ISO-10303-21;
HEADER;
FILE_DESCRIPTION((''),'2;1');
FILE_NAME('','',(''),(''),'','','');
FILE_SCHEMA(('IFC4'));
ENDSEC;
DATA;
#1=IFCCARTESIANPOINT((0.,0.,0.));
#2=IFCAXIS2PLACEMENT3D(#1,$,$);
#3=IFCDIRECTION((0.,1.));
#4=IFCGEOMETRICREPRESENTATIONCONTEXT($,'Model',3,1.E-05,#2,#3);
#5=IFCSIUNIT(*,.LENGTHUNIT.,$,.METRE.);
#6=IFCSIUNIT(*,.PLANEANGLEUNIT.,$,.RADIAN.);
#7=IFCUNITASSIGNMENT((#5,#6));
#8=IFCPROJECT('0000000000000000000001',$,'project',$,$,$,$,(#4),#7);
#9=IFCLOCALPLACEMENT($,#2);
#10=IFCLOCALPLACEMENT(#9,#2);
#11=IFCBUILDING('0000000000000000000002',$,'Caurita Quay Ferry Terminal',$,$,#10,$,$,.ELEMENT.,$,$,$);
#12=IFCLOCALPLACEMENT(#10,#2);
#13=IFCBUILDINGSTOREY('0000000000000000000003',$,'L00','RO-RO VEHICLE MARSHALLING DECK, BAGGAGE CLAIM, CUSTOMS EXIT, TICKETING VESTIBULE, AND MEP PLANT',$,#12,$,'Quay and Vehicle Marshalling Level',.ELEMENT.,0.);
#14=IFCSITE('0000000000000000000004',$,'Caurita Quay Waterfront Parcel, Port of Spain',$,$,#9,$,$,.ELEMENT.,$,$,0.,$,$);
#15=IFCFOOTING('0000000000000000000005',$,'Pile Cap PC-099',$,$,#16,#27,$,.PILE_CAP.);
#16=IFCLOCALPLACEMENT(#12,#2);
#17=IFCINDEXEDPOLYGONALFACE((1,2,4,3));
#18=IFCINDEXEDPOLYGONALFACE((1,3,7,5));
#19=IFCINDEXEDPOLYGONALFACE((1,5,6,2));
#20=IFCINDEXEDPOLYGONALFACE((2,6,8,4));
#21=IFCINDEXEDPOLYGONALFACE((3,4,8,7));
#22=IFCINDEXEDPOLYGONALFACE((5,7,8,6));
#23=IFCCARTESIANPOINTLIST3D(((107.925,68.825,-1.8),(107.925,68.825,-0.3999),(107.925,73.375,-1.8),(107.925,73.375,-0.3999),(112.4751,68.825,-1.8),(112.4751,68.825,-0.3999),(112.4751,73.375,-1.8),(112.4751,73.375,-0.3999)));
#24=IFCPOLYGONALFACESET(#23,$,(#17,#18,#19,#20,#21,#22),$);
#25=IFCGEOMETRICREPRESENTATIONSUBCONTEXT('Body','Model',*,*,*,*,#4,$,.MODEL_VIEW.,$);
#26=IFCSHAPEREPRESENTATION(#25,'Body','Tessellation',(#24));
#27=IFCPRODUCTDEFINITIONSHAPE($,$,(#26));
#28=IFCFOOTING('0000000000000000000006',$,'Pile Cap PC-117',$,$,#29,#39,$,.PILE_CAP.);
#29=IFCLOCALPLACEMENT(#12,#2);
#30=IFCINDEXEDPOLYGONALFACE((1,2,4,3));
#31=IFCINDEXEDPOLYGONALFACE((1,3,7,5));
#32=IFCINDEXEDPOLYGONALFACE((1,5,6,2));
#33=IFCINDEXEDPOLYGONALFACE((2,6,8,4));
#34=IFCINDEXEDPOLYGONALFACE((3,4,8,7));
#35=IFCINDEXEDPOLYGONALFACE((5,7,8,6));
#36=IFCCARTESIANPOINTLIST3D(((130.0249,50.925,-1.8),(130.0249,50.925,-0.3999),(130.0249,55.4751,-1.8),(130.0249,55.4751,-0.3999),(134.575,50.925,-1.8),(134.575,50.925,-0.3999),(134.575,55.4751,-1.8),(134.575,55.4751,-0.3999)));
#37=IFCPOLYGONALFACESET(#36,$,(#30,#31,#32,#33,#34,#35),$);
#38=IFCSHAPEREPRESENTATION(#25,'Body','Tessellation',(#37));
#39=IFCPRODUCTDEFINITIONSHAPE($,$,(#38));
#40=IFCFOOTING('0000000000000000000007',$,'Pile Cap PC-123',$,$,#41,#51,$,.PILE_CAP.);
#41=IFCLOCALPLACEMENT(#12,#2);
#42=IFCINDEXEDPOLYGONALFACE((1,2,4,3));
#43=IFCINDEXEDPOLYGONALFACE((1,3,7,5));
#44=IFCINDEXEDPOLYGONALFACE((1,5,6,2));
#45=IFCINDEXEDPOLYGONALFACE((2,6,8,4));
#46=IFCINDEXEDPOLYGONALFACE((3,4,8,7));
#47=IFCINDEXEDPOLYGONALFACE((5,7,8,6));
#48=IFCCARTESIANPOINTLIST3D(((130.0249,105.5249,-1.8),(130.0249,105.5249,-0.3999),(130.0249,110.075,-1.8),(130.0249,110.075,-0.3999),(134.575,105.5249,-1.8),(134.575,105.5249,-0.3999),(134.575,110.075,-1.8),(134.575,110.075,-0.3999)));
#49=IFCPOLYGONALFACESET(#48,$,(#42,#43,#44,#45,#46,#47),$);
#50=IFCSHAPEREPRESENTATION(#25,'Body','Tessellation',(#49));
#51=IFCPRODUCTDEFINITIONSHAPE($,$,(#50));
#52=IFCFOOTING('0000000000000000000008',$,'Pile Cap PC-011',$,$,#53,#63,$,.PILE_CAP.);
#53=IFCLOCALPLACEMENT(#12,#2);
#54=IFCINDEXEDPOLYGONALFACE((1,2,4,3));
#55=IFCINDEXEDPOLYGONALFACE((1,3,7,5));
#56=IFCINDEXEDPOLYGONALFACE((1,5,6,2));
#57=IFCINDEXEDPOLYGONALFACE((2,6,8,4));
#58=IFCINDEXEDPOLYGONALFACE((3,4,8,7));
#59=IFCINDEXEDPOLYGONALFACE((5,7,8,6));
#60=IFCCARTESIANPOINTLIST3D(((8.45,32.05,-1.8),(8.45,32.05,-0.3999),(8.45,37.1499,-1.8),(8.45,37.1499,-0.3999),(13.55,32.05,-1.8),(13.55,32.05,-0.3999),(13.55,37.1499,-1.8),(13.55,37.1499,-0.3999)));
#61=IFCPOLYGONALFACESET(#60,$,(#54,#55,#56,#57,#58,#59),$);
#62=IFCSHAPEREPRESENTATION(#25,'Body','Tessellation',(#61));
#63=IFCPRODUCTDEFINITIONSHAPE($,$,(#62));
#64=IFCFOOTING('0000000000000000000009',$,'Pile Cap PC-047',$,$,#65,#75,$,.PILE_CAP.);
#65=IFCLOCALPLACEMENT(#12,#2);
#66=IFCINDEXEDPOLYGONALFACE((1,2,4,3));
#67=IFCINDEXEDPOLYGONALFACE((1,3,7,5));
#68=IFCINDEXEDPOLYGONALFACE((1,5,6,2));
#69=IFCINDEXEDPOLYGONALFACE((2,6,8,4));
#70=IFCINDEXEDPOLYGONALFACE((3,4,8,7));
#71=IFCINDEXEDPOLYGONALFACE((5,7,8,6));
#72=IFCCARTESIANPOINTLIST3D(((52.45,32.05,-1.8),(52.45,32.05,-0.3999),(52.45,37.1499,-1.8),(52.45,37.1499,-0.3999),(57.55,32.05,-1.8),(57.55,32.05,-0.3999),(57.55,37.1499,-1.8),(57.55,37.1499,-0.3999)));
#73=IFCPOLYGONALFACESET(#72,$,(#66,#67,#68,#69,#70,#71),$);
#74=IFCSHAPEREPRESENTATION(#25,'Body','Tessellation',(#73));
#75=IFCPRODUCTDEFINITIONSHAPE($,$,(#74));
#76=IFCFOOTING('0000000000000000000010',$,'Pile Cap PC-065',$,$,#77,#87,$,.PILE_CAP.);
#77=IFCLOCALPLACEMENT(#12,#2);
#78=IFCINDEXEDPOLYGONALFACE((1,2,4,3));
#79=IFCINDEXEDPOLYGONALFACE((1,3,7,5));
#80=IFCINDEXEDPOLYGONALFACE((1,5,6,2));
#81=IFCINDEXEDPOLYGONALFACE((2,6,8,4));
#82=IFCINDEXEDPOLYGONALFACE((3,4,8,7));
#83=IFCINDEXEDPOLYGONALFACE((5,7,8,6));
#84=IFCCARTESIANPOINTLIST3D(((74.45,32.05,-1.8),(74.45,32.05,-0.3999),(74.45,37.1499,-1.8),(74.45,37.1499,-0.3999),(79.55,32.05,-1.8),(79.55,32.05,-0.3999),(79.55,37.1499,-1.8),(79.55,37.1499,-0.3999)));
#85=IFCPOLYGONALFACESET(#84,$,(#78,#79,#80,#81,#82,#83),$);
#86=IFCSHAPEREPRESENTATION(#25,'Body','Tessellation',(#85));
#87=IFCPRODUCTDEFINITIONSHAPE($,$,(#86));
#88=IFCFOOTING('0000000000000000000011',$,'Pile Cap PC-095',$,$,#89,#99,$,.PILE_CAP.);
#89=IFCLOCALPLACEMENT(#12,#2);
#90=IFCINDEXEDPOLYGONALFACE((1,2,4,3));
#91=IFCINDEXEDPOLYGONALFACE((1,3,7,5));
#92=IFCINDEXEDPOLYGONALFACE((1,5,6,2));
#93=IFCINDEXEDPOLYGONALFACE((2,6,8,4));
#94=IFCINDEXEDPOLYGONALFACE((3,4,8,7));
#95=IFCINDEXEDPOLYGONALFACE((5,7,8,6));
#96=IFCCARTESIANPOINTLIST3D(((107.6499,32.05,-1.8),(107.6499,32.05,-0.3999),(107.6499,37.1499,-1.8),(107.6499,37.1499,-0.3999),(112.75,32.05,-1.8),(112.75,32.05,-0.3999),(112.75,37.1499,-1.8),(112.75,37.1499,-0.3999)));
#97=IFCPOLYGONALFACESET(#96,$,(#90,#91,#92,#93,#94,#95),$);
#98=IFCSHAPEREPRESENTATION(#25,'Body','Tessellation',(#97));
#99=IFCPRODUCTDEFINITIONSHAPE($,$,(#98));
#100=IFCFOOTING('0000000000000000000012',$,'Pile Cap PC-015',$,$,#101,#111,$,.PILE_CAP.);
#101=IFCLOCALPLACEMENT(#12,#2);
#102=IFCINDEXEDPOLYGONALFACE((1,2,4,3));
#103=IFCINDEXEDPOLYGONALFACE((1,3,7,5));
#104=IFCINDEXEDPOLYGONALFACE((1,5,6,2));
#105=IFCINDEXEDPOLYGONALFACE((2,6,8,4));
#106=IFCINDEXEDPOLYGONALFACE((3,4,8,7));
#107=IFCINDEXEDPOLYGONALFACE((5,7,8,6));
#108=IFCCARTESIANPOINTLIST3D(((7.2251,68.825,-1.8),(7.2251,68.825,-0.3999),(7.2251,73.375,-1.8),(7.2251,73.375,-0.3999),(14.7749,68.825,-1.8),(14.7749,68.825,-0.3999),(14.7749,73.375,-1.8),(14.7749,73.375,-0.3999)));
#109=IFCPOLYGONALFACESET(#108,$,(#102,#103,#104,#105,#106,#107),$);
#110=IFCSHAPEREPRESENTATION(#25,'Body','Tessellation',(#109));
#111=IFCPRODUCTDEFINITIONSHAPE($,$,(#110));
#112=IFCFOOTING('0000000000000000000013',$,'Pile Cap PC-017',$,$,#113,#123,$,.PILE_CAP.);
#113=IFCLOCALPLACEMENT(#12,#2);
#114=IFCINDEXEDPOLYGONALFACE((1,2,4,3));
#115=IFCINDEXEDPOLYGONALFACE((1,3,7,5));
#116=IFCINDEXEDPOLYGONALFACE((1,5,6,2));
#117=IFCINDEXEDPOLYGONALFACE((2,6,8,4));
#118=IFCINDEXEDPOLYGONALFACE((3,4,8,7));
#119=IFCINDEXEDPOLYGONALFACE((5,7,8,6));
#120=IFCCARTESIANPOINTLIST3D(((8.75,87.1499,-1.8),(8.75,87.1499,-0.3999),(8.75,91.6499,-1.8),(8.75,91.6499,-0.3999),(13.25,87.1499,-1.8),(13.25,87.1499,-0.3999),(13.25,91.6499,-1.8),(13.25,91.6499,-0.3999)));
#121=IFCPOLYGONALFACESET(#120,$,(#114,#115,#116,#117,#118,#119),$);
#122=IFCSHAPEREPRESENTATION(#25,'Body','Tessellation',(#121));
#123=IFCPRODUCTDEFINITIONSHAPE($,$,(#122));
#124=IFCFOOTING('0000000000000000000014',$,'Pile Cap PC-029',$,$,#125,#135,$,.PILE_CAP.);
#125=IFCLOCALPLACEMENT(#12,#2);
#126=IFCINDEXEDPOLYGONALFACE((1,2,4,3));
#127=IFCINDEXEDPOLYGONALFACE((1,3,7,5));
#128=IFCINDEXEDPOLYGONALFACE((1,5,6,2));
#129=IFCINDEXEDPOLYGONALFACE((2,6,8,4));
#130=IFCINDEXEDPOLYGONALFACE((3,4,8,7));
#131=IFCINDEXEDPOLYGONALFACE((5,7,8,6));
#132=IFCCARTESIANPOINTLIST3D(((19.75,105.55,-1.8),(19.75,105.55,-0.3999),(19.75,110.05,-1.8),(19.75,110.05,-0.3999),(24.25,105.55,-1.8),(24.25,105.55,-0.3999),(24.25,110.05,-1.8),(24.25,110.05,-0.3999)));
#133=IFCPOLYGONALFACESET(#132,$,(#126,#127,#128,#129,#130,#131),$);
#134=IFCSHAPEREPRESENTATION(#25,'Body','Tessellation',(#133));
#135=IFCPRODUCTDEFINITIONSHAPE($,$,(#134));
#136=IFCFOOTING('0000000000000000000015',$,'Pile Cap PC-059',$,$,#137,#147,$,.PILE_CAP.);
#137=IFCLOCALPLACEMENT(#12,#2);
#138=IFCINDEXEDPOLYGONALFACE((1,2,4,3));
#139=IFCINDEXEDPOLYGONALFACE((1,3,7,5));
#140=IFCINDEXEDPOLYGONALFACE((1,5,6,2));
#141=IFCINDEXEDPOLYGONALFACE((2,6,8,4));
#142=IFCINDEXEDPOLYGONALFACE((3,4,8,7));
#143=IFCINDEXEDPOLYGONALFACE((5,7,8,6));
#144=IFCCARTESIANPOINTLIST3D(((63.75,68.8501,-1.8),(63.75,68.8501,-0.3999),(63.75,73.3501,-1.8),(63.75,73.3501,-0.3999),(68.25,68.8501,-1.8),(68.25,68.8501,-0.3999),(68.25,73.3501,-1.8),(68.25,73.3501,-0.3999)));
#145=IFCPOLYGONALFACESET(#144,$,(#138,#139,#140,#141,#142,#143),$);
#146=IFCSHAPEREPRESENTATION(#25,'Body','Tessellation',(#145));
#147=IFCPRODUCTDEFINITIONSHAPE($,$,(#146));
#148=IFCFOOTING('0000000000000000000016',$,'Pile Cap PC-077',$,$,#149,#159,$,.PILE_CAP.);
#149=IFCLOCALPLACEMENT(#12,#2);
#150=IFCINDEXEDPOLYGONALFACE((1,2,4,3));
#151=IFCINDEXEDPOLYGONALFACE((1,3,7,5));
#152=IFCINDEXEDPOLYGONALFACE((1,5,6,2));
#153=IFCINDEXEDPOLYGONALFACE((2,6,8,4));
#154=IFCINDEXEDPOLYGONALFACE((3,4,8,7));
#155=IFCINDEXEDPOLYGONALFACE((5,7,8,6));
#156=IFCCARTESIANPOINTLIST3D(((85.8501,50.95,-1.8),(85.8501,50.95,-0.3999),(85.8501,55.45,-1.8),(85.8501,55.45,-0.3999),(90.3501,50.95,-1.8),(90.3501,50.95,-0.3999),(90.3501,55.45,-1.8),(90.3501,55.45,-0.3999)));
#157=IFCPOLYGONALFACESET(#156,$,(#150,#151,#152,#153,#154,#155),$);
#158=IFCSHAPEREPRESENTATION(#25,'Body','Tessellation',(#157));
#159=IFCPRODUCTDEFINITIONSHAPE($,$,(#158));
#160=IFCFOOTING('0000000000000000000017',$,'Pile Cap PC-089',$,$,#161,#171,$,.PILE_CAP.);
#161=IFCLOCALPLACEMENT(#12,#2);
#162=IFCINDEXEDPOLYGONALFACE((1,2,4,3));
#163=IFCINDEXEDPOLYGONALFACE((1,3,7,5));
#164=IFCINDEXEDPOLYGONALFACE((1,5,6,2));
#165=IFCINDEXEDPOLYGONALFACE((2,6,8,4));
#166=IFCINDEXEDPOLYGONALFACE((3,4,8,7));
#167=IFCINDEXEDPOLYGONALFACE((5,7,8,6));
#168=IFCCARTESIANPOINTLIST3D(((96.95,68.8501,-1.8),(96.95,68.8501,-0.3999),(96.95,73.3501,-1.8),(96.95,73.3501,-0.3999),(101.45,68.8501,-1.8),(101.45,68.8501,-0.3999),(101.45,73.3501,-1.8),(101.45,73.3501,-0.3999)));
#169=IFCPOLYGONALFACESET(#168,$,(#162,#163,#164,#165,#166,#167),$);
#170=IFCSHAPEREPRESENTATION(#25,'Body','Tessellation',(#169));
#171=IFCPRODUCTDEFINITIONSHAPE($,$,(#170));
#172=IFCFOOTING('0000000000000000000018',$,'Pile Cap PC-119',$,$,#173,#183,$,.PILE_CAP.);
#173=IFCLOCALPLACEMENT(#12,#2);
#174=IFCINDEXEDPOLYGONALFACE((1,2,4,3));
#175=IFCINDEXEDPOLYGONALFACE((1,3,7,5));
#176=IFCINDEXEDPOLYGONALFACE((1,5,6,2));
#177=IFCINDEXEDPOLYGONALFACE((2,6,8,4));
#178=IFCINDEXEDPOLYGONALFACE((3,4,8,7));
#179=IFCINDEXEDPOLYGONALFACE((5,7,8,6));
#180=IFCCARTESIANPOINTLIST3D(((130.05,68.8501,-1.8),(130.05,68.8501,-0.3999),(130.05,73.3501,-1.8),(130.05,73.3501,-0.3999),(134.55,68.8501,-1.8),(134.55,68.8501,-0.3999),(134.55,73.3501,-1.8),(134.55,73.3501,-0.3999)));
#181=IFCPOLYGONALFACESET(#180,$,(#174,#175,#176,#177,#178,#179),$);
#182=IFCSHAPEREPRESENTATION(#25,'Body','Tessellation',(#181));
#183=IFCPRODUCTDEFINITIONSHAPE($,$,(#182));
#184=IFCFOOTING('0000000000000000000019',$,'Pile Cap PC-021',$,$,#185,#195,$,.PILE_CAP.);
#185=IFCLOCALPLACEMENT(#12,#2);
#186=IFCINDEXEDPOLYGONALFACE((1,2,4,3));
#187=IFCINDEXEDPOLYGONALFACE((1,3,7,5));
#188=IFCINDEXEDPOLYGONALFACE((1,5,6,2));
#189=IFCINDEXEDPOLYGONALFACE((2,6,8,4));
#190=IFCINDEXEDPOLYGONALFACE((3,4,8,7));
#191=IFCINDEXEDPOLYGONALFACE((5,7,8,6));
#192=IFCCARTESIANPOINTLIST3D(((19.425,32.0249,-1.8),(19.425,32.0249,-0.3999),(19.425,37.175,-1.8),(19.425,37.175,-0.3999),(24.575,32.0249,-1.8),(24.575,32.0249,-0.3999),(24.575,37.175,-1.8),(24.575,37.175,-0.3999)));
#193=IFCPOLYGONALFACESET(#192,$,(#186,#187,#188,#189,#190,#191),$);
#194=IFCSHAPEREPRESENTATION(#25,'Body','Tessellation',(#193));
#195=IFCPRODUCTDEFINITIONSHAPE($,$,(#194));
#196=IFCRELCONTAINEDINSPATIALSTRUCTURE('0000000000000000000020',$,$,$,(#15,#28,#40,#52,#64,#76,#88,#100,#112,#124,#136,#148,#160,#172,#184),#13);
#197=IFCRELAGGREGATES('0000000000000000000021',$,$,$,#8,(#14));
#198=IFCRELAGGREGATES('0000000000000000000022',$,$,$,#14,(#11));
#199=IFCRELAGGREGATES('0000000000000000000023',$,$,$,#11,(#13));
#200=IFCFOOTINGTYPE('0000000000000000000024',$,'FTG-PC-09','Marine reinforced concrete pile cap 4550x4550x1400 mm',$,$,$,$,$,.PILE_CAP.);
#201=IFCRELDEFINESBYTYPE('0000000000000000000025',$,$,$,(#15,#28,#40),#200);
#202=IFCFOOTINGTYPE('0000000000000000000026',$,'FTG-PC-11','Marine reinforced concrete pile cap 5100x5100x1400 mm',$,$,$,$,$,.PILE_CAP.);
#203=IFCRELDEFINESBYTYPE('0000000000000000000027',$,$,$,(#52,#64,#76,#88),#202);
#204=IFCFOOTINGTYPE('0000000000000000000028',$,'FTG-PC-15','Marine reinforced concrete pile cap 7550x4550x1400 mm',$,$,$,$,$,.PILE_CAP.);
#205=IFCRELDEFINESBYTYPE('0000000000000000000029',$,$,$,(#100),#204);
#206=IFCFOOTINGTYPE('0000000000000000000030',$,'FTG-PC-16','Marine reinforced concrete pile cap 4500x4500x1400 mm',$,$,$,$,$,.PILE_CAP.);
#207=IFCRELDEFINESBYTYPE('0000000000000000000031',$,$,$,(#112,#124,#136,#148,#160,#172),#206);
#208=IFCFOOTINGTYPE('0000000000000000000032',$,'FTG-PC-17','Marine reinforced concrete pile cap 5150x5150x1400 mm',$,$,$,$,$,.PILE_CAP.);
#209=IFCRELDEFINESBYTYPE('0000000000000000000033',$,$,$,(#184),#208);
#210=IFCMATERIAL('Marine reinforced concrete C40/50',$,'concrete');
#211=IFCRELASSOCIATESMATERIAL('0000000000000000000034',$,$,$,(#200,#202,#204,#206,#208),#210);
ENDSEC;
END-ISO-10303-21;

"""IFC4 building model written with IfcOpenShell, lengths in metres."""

from ifc_helpers import new_model, si_unit, direction, frame, origin, place, context, subcontext, project, spatial, polyline, outline, extrude, material, type_object, element, save


model = new_model("IFC4")

# Units and contexts
model_context = context("Model", 3, precision=1e-05, world=origin(), true_north=direction((0.0, 1.0)))
body_context = subcontext(model_context, "Body", "Model", "MODEL_VIEW")
ifc_project = project(units=[si_unit("LENGTHUNIT", "METRE"), si_unit("PLANEANGLEUNIT", "RADIAN")], contexts=[model_context])

# Site, building, storey
site_placement = place(None, origin())
site = spatial("IfcSite", under=ifc_project, at=site_placement, Name="Caurita Quay Waterfront Parcel, Port of Spain", CompositionType="ELEMENT", RefElevation=0.0)
building_placement = place(site_placement, origin())
building = spatial("IfcBuilding", under=site, at=building_placement, Name="Caurita Quay Ferry Terminal", CompositionType="ELEMENT")
storey_placement = place(building_placement, origin())
storey = spatial("IfcBuildingStorey", under=building, at=storey_placement, Name="L00", Description="RO-RO VEHICLE MARSHALLING DECK, BAGGAGE CLAIM, CUSTOMS EXIT, TICKETING VESTIBULE, AND MEP PLANT", LongName="Quay and Vehicle Marshalling Level", CompositionType="ELEMENT", Elevation=0.0)

# Footings
ifc_material = material(Name="Marine reinforced concrete C40/50", Category="concrete")
footing_type_1 = type_object("IfcFootingType", Name="FTG-PC-09", Description="Marine reinforced concrete pile cap 4550x4550x1400 mm", PredefinedType="PILE_CAP", material=ifc_material)
footing_1_placement = place(storey_placement, frame((0.0, 0.0, -1.8)))
element("IfcFooting", 1, at=footing_1_placement, inside=storey, type_object=footing_type_1, Name="Pile Cap PC-099", PredefinedType="PILE_CAP", context=body_context, shape_type="SweptSolid", body=[
    extrude(outline(polyline([(107.925, 68.825), (112.4751, 68.825), (112.4751, 73.375), (107.925, 73.375), (107.925, 68.825)])), origin(), (0.0, 0.0, 1.0), 1.4001),
])
footing_2_placement = place(storey_placement, frame((0.0, 0.0, -1.8)))
element("IfcFooting", 2, at=footing_2_placement, inside=storey, type_object=footing_type_1, Name="Pile Cap PC-117", PredefinedType="PILE_CAP", context=body_context, shape_type="SweptSolid", body=[
    extrude(outline(polyline([(130.0249, 50.925), (134.575, 50.925), (134.575, 55.4751), (130.0249, 55.4751), (130.0249, 50.925)])), origin(), (0.0, 0.0, 1.0), 1.4001),
])
footing_3_placement = place(storey_placement, frame((0.0, 0.0, -1.8)))
element("IfcFooting", 3, at=footing_3_placement, inside=storey, type_object=footing_type_1, Name="Pile Cap PC-123", PredefinedType="PILE_CAP", context=body_context, shape_type="SweptSolid", body=[
    extrude(outline(polyline([(130.0249, 105.5249), (134.575, 105.5249), (134.575, 110.075), (130.0249, 110.075), (130.0249, 105.5249)])), origin(), (0.0, 0.0, 1.0), 1.4001),
])
footing_type_2 = type_object("IfcFootingType", Name="FTG-PC-11", Description="Marine reinforced concrete pile cap 5100x5100x1400 mm", PredefinedType="PILE_CAP", material=ifc_material)
footing_4_placement = place(storey_placement, frame((0.0, 0.0, -1.8)))
element("IfcFooting", 4, at=footing_4_placement, inside=storey, type_object=footing_type_2, Name="Pile Cap PC-011", PredefinedType="PILE_CAP", context=body_context, shape_type="SweptSolid", body=[
    extrude(outline(polyline([(8.45, 32.05), (13.55, 32.05), (13.55, 37.1499), (8.45, 37.1499), (8.45, 32.05)])), origin(), (0.0, 0.0, 1.0), 1.4001),
])
footing_5_placement = place(storey_placement, frame((0.0, 0.0, -1.8)))
element("IfcFooting", 5, at=footing_5_placement, inside=storey, type_object=footing_type_2, Name="Pile Cap PC-047", PredefinedType="PILE_CAP", context=body_context, shape_type="SweptSolid", body=[
    extrude(outline(polyline([(52.45, 32.05), (57.55, 32.05), (57.55, 37.1499), (52.45, 37.1499), (52.45, 32.05)])), origin(), (0.0, 0.0, 1.0), 1.4001),
])
footing_6_placement = place(storey_placement, frame((0.0, 0.0, -1.8)))
element("IfcFooting", 6, at=footing_6_placement, inside=storey, type_object=footing_type_2, Name="Pile Cap PC-065", PredefinedType="PILE_CAP", context=body_context, shape_type="SweptSolid", body=[
    extrude(outline(polyline([(74.45, 32.05), (79.55, 32.05), (79.55, 37.1499), (74.45, 37.1499), (74.45, 32.05)])), origin(), (0.0, 0.0, 1.0), 1.4001),
])
footing_7_placement = place(storey_placement, frame((0.0, 0.0, -1.8)))
element("IfcFooting", 7, at=footing_7_placement, inside=storey, type_object=footing_type_2, Name="Pile Cap PC-095", PredefinedType="PILE_CAP", context=body_context, shape_type="SweptSolid", body=[
    extrude(outline(polyline([(107.6499, 32.05), (112.75, 32.05), (112.75, 37.1499), (107.6499, 37.1499), (107.6499, 32.05)])), origin(), (0.0, 0.0, 1.0), 1.4001),
])
footing_type_3 = type_object("IfcFootingType", Name="FTG-PC-15", Description="Marine reinforced concrete pile cap 7550x4550x1400 mm", PredefinedType="PILE_CAP", material=ifc_material)
footing_8_placement = place(storey_placement, frame((0.0, 0.0, -1.8)))
element("IfcFooting", 8, at=footing_8_placement, inside=storey, type_object=footing_type_3, Name="Pile Cap PC-015", PredefinedType="PILE_CAP", context=body_context, shape_type="SweptSolid", body=[
    extrude(outline(polyline([(7.2251, 68.825), (14.7749, 68.825), (14.7749, 73.375), (7.2251, 73.375), (7.2251, 68.825)])), origin(), (0.0, 0.0, 1.0), 1.4001),
])
footing_type_4 = type_object("IfcFootingType", Name="FTG-PC-16", Description="Marine reinforced concrete pile cap 4500x4500x1400 mm", PredefinedType="PILE_CAP", material=ifc_material)
footing_9_placement = place(storey_placement, frame((0.0, 0.0, -1.8)))
element("IfcFooting", 9, at=footing_9_placement, inside=storey, type_object=footing_type_4, Name="Pile Cap PC-017", PredefinedType="PILE_CAP", context=body_context, shape_type="SweptSolid", body=[
    extrude(outline(polyline([(8.75, 87.1499), (13.25, 87.1499), (13.25, 91.6499), (8.75, 91.6499), (8.75, 87.1499)])), origin(), (0.0, 0.0, 1.0), 1.4001),
])
footing_10_placement = place(storey_placement, frame((0.0, 0.0, -1.8)))
element("IfcFooting", 10, at=footing_10_placement, inside=storey, type_object=footing_type_4, Name="Pile Cap PC-029", PredefinedType="PILE_CAP", context=body_context, shape_type="SweptSolid", body=[
    extrude(outline(polyline([(19.75, 105.55), (24.25, 105.55), (24.25, 110.05), (19.75, 110.05), (19.75, 105.55)])), origin(), (0.0, 0.0, 1.0), 1.4001),
])
footing_11_placement = place(storey_placement, frame((0.0, 0.0, -1.8)))
element("IfcFooting", 11, at=footing_11_placement, inside=storey, type_object=footing_type_4, Name="Pile Cap PC-059", PredefinedType="PILE_CAP", context=body_context, shape_type="SweptSolid", body=[
    extrude(outline(polyline([(63.75, 68.8501), (68.25, 68.8501), (68.25, 73.3501), (63.75, 73.3501), (63.75, 68.8501)])), origin(), (0.0, 0.0, 1.0), 1.4001),
])
footing_12_placement = place(storey_placement, frame((0.0, 0.0, -1.8)))
element("IfcFooting", 12, at=footing_12_placement, inside=storey, type_object=footing_type_4, Name="Pile Cap PC-077", PredefinedType="PILE_CAP", context=body_context, shape_type="SweptSolid", body=[
    extrude(outline(polyline([(85.8501, 50.95), (90.3501, 50.95), (90.3501, 55.45), (85.8501, 55.45), (85.8501, 50.95)])), origin(), (0.0, 0.0, 1.0), 1.4001),
])
footing_13_placement = place(storey_placement, frame((0.0, 0.0, -1.8)))
element("IfcFooting", 13, at=footing_13_placement, inside=storey, type_object=footing_type_4, Name="Pile Cap PC-089", PredefinedType="PILE_CAP", context=body_context, shape_type="SweptSolid", body=[
    extrude(outline(polyline([(96.95, 68.8501), (101.45, 68.8501), (101.45, 73.3501), (96.95, 73.3501), (96.95, 68.8501)])), origin(), (0.0, 0.0, 1.0), 1.4001),
])
footing_14_placement = place(storey_placement, frame((0.0, 0.0, -1.8)))
element("IfcFooting", 14, at=footing_14_placement, inside=storey, type_object=footing_type_4, Name="Pile Cap PC-119", PredefinedType="PILE_CAP", context=body_context, shape_type="SweptSolid", body=[
    extrude(outline(polyline([(130.05, 68.8501), (134.55, 68.8501), (134.55, 73.3501), (130.05, 73.3501), (130.05, 68.8501)])), origin(), (0.0, 0.0, 1.0), 1.4001),
])
footing_type_5 = type_object("IfcFootingType", Name="FTG-PC-17", Description="Marine reinforced concrete pile cap 5150x5150x1400 mm", PredefinedType="PILE_CAP", material=ifc_material)
footing_15_placement = place(storey_placement, frame((0.0, 0.0, -1.8)))
element("IfcFooting", 15, at=footing_15_placement, inside=storey, type_object=footing_type_5, Name="Pile Cap PC-021", PredefinedType="PILE_CAP", context=body_context, shape_type="SweptSolid", body=[
    extrude(outline(polyline([(19.425, 32.0249), (24.575, 32.0249), (24.575, 37.175), (19.425, 37.175), (19.425, 32.0249)])), origin(), (0.0, 0.0, 1.0), 1.4001),
])

save(model, "model.ifc")
